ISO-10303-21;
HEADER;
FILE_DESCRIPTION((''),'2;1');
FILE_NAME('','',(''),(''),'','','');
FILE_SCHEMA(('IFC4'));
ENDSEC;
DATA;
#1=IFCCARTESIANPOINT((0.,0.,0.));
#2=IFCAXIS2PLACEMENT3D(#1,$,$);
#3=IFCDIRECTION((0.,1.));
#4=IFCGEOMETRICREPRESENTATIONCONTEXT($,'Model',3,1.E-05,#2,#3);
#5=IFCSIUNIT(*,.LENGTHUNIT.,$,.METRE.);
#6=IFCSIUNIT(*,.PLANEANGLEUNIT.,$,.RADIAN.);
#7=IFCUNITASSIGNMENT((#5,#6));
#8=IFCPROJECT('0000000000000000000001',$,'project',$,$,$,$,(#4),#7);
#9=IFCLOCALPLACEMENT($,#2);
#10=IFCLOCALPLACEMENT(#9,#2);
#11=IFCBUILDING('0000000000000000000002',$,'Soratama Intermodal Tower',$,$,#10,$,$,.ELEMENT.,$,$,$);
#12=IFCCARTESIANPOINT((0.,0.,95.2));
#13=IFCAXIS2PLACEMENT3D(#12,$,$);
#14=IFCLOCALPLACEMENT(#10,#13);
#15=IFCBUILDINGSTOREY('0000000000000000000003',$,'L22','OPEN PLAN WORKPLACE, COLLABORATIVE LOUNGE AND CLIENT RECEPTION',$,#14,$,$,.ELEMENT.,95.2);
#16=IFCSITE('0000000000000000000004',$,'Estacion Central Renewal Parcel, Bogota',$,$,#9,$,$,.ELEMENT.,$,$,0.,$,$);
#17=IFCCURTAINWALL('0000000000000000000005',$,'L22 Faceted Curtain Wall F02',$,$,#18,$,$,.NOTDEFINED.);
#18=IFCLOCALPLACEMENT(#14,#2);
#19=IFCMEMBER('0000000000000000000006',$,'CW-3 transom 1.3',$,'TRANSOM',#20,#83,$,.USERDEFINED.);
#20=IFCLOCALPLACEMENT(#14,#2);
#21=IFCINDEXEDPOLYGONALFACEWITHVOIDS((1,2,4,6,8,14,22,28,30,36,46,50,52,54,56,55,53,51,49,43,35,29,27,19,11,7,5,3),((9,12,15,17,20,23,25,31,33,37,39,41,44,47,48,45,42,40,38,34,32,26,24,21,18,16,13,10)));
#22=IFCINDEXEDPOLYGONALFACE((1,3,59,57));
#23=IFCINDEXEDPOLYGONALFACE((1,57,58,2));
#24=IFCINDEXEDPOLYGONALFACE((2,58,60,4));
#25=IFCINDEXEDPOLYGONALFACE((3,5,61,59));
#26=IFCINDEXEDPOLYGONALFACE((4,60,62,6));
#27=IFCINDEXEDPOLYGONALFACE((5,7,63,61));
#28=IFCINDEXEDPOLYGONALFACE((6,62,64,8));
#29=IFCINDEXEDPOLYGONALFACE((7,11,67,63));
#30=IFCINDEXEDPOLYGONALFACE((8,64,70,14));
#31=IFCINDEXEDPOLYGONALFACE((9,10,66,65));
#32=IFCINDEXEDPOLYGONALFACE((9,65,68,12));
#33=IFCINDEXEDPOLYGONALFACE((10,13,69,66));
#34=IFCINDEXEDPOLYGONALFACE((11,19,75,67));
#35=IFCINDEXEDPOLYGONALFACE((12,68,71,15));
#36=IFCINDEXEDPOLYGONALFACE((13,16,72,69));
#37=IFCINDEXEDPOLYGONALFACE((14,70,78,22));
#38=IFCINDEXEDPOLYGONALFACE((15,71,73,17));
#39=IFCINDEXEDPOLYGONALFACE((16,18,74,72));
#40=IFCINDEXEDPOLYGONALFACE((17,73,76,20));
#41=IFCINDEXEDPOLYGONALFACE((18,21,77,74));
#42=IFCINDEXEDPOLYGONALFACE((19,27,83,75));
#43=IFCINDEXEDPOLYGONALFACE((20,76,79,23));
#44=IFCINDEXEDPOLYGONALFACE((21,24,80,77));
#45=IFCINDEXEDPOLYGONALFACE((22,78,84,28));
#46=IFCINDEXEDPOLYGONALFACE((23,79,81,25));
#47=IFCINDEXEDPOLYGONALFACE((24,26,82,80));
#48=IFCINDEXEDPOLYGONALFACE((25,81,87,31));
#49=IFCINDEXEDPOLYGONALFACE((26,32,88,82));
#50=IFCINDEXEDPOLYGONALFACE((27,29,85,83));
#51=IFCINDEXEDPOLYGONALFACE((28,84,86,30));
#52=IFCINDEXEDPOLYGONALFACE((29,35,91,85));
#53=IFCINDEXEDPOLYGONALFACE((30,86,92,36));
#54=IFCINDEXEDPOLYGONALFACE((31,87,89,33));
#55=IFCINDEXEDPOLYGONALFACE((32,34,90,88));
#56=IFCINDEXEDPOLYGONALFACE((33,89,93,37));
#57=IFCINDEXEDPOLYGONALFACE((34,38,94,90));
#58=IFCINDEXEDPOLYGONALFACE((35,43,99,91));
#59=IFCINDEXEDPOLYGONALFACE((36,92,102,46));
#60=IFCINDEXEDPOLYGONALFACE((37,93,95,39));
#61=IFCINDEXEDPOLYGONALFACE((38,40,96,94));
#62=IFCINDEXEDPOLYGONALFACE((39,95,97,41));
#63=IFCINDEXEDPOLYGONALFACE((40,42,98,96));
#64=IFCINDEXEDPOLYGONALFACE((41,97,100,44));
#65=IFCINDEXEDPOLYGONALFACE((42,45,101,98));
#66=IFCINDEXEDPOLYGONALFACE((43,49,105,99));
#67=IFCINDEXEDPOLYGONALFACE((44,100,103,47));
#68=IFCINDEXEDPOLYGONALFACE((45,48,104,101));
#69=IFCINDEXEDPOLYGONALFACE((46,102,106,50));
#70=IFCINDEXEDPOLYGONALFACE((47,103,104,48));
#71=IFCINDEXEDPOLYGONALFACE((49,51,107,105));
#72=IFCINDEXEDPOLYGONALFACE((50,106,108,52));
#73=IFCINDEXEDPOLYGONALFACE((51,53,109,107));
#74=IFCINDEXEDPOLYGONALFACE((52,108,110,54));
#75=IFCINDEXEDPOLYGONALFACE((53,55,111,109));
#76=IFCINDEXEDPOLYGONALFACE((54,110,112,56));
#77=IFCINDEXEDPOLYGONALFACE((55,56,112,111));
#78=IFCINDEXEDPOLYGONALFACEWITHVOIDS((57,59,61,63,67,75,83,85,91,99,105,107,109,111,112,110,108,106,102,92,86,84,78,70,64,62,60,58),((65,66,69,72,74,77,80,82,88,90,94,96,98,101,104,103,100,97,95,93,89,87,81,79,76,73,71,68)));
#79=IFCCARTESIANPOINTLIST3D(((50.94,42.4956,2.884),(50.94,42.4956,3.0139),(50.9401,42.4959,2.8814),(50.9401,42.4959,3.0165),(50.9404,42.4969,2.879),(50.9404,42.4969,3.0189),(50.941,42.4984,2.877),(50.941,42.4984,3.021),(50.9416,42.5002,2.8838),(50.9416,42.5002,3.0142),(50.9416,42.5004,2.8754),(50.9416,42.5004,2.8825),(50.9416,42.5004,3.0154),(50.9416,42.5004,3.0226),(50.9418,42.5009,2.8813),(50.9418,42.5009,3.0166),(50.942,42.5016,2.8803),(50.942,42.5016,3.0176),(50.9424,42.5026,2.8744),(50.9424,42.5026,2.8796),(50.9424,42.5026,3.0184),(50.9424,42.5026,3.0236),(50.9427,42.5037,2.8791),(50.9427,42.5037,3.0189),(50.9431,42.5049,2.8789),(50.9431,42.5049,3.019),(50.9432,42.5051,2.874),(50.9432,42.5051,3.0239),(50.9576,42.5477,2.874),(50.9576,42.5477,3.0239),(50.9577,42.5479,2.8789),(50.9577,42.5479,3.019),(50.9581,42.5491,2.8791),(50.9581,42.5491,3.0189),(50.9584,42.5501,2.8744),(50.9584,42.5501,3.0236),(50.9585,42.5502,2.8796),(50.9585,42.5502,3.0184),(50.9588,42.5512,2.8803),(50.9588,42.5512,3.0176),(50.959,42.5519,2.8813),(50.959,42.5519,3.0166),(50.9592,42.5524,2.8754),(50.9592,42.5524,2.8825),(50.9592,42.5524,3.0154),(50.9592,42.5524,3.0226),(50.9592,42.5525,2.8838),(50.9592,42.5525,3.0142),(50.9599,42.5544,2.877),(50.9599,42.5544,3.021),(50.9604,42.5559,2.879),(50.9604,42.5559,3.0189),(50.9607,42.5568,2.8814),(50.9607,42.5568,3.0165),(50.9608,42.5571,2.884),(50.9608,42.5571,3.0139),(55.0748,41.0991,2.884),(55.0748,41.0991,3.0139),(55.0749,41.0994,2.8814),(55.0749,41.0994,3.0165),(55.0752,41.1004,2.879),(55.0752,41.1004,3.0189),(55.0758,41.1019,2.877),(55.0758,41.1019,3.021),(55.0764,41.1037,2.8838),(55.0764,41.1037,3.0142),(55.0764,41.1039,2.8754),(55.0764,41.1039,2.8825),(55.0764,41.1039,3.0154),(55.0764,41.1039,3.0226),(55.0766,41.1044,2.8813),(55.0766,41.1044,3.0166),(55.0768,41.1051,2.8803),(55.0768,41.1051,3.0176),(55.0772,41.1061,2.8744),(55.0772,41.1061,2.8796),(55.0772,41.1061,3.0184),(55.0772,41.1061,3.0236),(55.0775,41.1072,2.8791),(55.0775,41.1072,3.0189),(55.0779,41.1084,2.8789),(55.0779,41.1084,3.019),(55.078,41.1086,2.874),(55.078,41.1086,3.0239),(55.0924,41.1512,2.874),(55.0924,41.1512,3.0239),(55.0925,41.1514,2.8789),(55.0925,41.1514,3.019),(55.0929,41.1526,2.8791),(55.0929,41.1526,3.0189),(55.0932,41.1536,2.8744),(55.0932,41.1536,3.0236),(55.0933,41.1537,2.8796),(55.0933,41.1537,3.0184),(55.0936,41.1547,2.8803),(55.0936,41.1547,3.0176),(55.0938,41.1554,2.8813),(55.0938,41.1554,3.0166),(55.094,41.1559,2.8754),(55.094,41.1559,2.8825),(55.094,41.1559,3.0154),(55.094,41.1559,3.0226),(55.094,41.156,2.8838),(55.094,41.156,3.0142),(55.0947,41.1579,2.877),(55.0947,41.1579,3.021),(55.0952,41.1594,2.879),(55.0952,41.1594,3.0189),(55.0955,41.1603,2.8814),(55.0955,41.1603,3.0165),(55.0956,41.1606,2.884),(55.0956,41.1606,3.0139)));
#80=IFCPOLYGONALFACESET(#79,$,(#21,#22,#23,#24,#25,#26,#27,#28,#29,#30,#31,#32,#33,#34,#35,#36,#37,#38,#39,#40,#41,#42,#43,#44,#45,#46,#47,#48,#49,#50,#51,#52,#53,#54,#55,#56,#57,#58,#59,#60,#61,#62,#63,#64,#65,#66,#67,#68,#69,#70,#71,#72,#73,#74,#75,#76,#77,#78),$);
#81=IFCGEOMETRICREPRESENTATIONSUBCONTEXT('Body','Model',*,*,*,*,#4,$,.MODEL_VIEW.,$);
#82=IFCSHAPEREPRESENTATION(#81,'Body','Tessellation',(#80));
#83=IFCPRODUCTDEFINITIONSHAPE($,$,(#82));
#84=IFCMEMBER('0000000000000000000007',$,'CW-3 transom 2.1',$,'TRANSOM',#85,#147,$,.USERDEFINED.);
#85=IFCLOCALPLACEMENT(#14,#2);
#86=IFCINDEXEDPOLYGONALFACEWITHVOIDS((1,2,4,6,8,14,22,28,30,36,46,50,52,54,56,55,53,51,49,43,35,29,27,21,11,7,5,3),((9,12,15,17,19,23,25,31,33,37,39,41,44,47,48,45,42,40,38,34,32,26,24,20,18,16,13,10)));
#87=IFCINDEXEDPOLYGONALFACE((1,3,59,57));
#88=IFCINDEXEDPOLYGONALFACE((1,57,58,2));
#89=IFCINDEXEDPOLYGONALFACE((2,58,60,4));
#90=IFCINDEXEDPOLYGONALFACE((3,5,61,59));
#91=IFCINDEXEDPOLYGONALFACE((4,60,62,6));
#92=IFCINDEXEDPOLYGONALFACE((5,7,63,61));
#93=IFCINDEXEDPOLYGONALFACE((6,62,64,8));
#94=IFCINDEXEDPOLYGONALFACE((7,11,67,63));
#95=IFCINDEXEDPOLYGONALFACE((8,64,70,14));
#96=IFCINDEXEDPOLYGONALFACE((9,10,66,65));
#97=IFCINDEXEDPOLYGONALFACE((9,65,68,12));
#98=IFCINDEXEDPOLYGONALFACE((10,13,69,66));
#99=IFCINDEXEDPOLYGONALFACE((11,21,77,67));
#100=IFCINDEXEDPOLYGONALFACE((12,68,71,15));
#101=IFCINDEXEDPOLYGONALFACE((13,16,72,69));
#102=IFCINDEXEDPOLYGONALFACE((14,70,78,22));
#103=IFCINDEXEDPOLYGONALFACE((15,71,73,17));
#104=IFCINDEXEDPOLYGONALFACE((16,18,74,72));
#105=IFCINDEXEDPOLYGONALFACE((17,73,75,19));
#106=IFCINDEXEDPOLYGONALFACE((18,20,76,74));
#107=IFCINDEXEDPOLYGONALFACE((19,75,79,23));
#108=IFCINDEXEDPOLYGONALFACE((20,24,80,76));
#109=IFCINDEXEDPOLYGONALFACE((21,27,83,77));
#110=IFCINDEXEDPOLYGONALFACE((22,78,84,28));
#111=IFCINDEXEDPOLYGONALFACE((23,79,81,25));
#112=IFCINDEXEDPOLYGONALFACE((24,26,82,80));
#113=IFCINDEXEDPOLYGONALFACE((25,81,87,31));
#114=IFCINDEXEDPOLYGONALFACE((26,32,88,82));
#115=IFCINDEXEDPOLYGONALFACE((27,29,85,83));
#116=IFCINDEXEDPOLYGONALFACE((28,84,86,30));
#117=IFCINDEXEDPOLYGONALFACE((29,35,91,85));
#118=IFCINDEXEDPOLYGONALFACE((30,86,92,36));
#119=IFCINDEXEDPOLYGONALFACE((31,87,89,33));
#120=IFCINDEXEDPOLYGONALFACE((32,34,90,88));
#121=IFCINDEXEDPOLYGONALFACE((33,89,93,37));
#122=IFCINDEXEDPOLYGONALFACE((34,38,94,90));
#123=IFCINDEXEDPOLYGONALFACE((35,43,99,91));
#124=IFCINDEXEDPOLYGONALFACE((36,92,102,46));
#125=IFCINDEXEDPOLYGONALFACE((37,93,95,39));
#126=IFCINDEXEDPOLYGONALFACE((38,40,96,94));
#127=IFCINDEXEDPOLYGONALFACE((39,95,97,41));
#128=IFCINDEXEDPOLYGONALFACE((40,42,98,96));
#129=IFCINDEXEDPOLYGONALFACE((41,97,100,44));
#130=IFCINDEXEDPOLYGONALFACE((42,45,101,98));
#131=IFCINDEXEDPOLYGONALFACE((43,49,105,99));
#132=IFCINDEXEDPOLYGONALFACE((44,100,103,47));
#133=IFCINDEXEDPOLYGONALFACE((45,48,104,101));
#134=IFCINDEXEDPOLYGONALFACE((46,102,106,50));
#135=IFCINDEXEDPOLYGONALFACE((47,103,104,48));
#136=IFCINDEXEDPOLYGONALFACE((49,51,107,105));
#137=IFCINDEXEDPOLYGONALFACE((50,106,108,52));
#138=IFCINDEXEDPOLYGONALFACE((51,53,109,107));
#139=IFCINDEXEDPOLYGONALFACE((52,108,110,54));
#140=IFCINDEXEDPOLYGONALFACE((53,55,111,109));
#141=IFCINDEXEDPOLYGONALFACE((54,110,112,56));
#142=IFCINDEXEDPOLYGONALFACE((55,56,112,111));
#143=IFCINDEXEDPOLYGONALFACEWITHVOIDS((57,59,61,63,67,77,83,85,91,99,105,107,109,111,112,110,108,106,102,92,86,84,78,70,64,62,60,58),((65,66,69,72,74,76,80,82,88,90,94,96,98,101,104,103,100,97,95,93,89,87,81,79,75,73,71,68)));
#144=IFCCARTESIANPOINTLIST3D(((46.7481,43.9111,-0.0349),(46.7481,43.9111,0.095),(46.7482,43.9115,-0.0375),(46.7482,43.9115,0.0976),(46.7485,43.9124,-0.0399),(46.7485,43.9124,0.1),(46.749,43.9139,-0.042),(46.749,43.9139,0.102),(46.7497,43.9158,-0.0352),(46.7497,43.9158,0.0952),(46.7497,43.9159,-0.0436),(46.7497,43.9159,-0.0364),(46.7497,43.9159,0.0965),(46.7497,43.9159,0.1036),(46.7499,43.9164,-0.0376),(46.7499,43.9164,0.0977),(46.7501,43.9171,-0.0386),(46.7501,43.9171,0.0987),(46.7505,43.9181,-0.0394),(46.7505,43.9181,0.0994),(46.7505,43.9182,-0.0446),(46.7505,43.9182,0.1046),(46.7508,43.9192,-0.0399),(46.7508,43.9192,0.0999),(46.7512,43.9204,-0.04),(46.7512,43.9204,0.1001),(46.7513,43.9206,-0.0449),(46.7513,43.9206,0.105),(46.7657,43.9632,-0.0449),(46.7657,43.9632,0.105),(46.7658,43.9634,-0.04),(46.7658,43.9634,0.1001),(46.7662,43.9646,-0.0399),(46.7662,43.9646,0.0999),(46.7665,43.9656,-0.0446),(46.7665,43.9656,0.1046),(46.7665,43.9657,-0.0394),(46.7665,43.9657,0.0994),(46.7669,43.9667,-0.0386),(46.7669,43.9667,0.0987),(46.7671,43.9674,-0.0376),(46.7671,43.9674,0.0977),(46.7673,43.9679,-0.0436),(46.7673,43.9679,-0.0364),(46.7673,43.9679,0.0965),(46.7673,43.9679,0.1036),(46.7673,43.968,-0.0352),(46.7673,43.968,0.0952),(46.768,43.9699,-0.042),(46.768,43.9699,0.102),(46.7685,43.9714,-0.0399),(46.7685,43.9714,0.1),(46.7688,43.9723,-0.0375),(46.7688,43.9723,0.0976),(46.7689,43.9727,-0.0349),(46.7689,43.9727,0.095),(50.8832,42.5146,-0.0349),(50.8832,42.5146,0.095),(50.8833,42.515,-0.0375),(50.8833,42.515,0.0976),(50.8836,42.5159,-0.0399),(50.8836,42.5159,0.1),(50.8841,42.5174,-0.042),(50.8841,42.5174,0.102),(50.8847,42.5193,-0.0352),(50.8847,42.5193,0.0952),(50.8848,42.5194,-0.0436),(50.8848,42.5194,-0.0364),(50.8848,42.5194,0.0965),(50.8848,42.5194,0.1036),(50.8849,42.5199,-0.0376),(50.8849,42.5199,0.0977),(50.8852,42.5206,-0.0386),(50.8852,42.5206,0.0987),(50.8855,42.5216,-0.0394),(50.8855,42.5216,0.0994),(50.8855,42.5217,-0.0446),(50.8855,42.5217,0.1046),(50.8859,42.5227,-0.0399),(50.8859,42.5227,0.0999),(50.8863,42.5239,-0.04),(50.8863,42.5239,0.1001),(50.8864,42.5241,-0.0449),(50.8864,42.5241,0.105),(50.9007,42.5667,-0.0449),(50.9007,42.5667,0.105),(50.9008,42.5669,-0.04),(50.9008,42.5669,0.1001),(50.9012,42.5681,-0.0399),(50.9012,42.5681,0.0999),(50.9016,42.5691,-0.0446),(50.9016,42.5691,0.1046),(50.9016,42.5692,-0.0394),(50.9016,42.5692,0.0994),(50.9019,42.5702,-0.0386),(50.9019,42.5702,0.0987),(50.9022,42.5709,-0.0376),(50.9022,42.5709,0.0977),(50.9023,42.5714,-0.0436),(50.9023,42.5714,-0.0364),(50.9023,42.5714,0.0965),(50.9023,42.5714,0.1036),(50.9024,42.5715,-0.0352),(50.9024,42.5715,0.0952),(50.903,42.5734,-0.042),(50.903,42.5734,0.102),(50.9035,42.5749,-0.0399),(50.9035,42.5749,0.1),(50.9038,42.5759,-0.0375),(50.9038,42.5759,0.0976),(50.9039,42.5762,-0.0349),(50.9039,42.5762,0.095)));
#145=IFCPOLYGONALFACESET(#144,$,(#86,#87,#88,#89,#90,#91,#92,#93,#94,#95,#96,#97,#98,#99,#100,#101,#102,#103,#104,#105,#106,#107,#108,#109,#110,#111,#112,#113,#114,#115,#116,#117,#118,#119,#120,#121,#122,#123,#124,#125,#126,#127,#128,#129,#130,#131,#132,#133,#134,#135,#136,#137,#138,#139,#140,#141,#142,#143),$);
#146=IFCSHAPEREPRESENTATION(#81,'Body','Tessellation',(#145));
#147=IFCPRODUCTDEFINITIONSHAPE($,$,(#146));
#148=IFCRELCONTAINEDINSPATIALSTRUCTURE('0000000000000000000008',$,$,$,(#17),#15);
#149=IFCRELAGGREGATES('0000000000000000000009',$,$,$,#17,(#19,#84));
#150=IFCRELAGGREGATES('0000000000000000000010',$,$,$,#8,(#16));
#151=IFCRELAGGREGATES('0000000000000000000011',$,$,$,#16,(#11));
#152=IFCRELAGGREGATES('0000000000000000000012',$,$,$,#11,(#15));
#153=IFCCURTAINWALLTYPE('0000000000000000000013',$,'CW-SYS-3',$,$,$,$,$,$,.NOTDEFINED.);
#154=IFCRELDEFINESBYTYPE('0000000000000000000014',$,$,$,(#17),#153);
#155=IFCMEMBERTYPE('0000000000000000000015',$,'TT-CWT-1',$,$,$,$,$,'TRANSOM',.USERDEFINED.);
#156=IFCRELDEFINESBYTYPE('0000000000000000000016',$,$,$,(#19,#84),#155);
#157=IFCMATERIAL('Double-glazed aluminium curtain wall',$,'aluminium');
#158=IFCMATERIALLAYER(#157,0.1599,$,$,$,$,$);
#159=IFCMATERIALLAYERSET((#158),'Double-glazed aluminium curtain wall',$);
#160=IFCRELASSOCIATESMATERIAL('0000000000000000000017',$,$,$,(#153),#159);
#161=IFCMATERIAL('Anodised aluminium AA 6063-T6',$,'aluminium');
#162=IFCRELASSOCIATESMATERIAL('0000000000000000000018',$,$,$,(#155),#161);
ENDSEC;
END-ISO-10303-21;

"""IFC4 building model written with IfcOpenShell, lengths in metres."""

from ifc_helpers import new_model, si_unit, direction, frame, origin, origin_2d, place, context, subcontext, project, spatial, hollow_rectangle, extrude, material, layer, layer_set, material_profile, profile_set, type_object, element, aggregate, save


model = new_model("IFC4")

# Units and contexts
model_context = context("Model", 3, precision=1e-05, world=origin(), true_north=direction((0.0, 1.0)))
body_context = subcontext(model_context, "Body", "Model", "MODEL_VIEW")
ifc_project = project(units=[si_unit("LENGTHUNIT", "METRE"), si_unit("PLANEANGLEUNIT", "RADIAN")], contexts=[model_context])

# Site, building, storey
site_placement = place(None, origin())
site = spatial("IfcSite", under=ifc_project, at=site_placement, Name="Estacion Central Renewal Parcel, Bogota", CompositionType="ELEMENT", RefElevation=0.0)
building_placement = place(site_placement, origin())
building = spatial("IfcBuilding", under=site, at=building_placement, Name="Soratama Intermodal Tower", CompositionType="ELEMENT")
storey_placement = place(building_placement, frame((0.0, 0.0, 95.2)))
storey = spatial("IfcBuildingStorey", under=building, at=storey_placement, Name="L22", Description="OPEN PLAN WORKPLACE, COLLABORATIVE LOUNGE AND CLIENT RECEPTION", CompositionType="ELEMENT", Elevation=95.2)

# Shared definitions
ifc_material_1 = material(Name="Double-glazed aluminium curtain wall", Category="aluminium")
ifc_layer_1 = layer(ifc_material_1, 0.1599)
ifc_layer_set_1 = layer_set([ifc_layer_1], Name="Double-glazed aluminium curtain wall")
curtain_wall_type = type_object("IfcCurtainWallType", Name="CW-SYS-3", PredefinedType="NOTDEFINED", material=ifc_layer_set_1)

# Curtain wall, members
curtain_wall_1_placement = place(storey_placement, origin())
curtain_wall_1 = element("IfcCurtainWall", 1, at=curtain_wall_1_placement, inside=storey, type_object=curtain_wall_type, Name="L22 Faceted Curtain Wall F02", PredefinedType="NOTDEFINED")
ifc_material_2 = material(Name="Anodised aluminium AA 6063-T6", Category="aluminium")
ifc_material_profile_1 = material_profile(ifc_material_2, hollow_rectangle(XDim=0.0649, YDim=0.1499, WallThickness=0.0049, InnerFilletRadius=0.0049, OuterFilletRadius=0.01, at=origin_2d()), Name="CWT150X65X5")
ifc_profile_set_1 = profile_set([ifc_material_profile_1], Name="Anodised aluminium AA 6063-T6")
member_type_1 = type_object("IfcMemberType", Name="TT-CWT-1", ElementType="TRANSOM", PredefinedType="USERDEFINED", material=ifc_profile_set_1)
member_1_placement = place(storey_placement, frame((55.0852, 41.1299, 2.949), z_axis=(-0.947423, 0.319985, 0.0), x_axis=(-0.319985, -0.947423, 0.0)))
member_1 = element("IfcMember", 2, at=member_1_placement, type_object=member_type_1, Name="CW-3 transom 1.3", ObjectType="TRANSOM", PredefinedType="USERDEFINED", context=body_context, shape_type="SweptSolid", body=[
    extrude(hollow_rectangle(XDim=0.0649, YDim=0.1499, WallThickness=0.0049, InnerFilletRadius=0.0049, OuterFilletRadius=0.01, at=origin_2d()), origin(), (0.0, 0.0, 1.0), 4.3643),
])
member_2_placement = place(storey_placement, frame((50.8936, 42.5454, 0.03), z_axis=(-0.947428, 0.319968, 0.0), x_axis=(-0.319968, -0.947428, 0.0)))
member_2 = element("IfcMember", 3, at=member_2_placement, type_object=member_type_1, Name="CW-3 transom 2.1", ObjectType="TRANSOM", PredefinedType="USERDEFINED", context=body_context, shape_type="SweptSolid", body=[
    extrude(hollow_rectangle(XDim=0.0649, YDim=0.1499, WallThickness=0.0049, InnerFilletRadius=0.0049, OuterFilletRadius=0.01, at=origin_2d()), origin(), (0.0, 0.0, 1.0), 4.3645),
])
aggregate(curtain_wall_1, [member_1, member_2])

save(model, "model.ifc")
